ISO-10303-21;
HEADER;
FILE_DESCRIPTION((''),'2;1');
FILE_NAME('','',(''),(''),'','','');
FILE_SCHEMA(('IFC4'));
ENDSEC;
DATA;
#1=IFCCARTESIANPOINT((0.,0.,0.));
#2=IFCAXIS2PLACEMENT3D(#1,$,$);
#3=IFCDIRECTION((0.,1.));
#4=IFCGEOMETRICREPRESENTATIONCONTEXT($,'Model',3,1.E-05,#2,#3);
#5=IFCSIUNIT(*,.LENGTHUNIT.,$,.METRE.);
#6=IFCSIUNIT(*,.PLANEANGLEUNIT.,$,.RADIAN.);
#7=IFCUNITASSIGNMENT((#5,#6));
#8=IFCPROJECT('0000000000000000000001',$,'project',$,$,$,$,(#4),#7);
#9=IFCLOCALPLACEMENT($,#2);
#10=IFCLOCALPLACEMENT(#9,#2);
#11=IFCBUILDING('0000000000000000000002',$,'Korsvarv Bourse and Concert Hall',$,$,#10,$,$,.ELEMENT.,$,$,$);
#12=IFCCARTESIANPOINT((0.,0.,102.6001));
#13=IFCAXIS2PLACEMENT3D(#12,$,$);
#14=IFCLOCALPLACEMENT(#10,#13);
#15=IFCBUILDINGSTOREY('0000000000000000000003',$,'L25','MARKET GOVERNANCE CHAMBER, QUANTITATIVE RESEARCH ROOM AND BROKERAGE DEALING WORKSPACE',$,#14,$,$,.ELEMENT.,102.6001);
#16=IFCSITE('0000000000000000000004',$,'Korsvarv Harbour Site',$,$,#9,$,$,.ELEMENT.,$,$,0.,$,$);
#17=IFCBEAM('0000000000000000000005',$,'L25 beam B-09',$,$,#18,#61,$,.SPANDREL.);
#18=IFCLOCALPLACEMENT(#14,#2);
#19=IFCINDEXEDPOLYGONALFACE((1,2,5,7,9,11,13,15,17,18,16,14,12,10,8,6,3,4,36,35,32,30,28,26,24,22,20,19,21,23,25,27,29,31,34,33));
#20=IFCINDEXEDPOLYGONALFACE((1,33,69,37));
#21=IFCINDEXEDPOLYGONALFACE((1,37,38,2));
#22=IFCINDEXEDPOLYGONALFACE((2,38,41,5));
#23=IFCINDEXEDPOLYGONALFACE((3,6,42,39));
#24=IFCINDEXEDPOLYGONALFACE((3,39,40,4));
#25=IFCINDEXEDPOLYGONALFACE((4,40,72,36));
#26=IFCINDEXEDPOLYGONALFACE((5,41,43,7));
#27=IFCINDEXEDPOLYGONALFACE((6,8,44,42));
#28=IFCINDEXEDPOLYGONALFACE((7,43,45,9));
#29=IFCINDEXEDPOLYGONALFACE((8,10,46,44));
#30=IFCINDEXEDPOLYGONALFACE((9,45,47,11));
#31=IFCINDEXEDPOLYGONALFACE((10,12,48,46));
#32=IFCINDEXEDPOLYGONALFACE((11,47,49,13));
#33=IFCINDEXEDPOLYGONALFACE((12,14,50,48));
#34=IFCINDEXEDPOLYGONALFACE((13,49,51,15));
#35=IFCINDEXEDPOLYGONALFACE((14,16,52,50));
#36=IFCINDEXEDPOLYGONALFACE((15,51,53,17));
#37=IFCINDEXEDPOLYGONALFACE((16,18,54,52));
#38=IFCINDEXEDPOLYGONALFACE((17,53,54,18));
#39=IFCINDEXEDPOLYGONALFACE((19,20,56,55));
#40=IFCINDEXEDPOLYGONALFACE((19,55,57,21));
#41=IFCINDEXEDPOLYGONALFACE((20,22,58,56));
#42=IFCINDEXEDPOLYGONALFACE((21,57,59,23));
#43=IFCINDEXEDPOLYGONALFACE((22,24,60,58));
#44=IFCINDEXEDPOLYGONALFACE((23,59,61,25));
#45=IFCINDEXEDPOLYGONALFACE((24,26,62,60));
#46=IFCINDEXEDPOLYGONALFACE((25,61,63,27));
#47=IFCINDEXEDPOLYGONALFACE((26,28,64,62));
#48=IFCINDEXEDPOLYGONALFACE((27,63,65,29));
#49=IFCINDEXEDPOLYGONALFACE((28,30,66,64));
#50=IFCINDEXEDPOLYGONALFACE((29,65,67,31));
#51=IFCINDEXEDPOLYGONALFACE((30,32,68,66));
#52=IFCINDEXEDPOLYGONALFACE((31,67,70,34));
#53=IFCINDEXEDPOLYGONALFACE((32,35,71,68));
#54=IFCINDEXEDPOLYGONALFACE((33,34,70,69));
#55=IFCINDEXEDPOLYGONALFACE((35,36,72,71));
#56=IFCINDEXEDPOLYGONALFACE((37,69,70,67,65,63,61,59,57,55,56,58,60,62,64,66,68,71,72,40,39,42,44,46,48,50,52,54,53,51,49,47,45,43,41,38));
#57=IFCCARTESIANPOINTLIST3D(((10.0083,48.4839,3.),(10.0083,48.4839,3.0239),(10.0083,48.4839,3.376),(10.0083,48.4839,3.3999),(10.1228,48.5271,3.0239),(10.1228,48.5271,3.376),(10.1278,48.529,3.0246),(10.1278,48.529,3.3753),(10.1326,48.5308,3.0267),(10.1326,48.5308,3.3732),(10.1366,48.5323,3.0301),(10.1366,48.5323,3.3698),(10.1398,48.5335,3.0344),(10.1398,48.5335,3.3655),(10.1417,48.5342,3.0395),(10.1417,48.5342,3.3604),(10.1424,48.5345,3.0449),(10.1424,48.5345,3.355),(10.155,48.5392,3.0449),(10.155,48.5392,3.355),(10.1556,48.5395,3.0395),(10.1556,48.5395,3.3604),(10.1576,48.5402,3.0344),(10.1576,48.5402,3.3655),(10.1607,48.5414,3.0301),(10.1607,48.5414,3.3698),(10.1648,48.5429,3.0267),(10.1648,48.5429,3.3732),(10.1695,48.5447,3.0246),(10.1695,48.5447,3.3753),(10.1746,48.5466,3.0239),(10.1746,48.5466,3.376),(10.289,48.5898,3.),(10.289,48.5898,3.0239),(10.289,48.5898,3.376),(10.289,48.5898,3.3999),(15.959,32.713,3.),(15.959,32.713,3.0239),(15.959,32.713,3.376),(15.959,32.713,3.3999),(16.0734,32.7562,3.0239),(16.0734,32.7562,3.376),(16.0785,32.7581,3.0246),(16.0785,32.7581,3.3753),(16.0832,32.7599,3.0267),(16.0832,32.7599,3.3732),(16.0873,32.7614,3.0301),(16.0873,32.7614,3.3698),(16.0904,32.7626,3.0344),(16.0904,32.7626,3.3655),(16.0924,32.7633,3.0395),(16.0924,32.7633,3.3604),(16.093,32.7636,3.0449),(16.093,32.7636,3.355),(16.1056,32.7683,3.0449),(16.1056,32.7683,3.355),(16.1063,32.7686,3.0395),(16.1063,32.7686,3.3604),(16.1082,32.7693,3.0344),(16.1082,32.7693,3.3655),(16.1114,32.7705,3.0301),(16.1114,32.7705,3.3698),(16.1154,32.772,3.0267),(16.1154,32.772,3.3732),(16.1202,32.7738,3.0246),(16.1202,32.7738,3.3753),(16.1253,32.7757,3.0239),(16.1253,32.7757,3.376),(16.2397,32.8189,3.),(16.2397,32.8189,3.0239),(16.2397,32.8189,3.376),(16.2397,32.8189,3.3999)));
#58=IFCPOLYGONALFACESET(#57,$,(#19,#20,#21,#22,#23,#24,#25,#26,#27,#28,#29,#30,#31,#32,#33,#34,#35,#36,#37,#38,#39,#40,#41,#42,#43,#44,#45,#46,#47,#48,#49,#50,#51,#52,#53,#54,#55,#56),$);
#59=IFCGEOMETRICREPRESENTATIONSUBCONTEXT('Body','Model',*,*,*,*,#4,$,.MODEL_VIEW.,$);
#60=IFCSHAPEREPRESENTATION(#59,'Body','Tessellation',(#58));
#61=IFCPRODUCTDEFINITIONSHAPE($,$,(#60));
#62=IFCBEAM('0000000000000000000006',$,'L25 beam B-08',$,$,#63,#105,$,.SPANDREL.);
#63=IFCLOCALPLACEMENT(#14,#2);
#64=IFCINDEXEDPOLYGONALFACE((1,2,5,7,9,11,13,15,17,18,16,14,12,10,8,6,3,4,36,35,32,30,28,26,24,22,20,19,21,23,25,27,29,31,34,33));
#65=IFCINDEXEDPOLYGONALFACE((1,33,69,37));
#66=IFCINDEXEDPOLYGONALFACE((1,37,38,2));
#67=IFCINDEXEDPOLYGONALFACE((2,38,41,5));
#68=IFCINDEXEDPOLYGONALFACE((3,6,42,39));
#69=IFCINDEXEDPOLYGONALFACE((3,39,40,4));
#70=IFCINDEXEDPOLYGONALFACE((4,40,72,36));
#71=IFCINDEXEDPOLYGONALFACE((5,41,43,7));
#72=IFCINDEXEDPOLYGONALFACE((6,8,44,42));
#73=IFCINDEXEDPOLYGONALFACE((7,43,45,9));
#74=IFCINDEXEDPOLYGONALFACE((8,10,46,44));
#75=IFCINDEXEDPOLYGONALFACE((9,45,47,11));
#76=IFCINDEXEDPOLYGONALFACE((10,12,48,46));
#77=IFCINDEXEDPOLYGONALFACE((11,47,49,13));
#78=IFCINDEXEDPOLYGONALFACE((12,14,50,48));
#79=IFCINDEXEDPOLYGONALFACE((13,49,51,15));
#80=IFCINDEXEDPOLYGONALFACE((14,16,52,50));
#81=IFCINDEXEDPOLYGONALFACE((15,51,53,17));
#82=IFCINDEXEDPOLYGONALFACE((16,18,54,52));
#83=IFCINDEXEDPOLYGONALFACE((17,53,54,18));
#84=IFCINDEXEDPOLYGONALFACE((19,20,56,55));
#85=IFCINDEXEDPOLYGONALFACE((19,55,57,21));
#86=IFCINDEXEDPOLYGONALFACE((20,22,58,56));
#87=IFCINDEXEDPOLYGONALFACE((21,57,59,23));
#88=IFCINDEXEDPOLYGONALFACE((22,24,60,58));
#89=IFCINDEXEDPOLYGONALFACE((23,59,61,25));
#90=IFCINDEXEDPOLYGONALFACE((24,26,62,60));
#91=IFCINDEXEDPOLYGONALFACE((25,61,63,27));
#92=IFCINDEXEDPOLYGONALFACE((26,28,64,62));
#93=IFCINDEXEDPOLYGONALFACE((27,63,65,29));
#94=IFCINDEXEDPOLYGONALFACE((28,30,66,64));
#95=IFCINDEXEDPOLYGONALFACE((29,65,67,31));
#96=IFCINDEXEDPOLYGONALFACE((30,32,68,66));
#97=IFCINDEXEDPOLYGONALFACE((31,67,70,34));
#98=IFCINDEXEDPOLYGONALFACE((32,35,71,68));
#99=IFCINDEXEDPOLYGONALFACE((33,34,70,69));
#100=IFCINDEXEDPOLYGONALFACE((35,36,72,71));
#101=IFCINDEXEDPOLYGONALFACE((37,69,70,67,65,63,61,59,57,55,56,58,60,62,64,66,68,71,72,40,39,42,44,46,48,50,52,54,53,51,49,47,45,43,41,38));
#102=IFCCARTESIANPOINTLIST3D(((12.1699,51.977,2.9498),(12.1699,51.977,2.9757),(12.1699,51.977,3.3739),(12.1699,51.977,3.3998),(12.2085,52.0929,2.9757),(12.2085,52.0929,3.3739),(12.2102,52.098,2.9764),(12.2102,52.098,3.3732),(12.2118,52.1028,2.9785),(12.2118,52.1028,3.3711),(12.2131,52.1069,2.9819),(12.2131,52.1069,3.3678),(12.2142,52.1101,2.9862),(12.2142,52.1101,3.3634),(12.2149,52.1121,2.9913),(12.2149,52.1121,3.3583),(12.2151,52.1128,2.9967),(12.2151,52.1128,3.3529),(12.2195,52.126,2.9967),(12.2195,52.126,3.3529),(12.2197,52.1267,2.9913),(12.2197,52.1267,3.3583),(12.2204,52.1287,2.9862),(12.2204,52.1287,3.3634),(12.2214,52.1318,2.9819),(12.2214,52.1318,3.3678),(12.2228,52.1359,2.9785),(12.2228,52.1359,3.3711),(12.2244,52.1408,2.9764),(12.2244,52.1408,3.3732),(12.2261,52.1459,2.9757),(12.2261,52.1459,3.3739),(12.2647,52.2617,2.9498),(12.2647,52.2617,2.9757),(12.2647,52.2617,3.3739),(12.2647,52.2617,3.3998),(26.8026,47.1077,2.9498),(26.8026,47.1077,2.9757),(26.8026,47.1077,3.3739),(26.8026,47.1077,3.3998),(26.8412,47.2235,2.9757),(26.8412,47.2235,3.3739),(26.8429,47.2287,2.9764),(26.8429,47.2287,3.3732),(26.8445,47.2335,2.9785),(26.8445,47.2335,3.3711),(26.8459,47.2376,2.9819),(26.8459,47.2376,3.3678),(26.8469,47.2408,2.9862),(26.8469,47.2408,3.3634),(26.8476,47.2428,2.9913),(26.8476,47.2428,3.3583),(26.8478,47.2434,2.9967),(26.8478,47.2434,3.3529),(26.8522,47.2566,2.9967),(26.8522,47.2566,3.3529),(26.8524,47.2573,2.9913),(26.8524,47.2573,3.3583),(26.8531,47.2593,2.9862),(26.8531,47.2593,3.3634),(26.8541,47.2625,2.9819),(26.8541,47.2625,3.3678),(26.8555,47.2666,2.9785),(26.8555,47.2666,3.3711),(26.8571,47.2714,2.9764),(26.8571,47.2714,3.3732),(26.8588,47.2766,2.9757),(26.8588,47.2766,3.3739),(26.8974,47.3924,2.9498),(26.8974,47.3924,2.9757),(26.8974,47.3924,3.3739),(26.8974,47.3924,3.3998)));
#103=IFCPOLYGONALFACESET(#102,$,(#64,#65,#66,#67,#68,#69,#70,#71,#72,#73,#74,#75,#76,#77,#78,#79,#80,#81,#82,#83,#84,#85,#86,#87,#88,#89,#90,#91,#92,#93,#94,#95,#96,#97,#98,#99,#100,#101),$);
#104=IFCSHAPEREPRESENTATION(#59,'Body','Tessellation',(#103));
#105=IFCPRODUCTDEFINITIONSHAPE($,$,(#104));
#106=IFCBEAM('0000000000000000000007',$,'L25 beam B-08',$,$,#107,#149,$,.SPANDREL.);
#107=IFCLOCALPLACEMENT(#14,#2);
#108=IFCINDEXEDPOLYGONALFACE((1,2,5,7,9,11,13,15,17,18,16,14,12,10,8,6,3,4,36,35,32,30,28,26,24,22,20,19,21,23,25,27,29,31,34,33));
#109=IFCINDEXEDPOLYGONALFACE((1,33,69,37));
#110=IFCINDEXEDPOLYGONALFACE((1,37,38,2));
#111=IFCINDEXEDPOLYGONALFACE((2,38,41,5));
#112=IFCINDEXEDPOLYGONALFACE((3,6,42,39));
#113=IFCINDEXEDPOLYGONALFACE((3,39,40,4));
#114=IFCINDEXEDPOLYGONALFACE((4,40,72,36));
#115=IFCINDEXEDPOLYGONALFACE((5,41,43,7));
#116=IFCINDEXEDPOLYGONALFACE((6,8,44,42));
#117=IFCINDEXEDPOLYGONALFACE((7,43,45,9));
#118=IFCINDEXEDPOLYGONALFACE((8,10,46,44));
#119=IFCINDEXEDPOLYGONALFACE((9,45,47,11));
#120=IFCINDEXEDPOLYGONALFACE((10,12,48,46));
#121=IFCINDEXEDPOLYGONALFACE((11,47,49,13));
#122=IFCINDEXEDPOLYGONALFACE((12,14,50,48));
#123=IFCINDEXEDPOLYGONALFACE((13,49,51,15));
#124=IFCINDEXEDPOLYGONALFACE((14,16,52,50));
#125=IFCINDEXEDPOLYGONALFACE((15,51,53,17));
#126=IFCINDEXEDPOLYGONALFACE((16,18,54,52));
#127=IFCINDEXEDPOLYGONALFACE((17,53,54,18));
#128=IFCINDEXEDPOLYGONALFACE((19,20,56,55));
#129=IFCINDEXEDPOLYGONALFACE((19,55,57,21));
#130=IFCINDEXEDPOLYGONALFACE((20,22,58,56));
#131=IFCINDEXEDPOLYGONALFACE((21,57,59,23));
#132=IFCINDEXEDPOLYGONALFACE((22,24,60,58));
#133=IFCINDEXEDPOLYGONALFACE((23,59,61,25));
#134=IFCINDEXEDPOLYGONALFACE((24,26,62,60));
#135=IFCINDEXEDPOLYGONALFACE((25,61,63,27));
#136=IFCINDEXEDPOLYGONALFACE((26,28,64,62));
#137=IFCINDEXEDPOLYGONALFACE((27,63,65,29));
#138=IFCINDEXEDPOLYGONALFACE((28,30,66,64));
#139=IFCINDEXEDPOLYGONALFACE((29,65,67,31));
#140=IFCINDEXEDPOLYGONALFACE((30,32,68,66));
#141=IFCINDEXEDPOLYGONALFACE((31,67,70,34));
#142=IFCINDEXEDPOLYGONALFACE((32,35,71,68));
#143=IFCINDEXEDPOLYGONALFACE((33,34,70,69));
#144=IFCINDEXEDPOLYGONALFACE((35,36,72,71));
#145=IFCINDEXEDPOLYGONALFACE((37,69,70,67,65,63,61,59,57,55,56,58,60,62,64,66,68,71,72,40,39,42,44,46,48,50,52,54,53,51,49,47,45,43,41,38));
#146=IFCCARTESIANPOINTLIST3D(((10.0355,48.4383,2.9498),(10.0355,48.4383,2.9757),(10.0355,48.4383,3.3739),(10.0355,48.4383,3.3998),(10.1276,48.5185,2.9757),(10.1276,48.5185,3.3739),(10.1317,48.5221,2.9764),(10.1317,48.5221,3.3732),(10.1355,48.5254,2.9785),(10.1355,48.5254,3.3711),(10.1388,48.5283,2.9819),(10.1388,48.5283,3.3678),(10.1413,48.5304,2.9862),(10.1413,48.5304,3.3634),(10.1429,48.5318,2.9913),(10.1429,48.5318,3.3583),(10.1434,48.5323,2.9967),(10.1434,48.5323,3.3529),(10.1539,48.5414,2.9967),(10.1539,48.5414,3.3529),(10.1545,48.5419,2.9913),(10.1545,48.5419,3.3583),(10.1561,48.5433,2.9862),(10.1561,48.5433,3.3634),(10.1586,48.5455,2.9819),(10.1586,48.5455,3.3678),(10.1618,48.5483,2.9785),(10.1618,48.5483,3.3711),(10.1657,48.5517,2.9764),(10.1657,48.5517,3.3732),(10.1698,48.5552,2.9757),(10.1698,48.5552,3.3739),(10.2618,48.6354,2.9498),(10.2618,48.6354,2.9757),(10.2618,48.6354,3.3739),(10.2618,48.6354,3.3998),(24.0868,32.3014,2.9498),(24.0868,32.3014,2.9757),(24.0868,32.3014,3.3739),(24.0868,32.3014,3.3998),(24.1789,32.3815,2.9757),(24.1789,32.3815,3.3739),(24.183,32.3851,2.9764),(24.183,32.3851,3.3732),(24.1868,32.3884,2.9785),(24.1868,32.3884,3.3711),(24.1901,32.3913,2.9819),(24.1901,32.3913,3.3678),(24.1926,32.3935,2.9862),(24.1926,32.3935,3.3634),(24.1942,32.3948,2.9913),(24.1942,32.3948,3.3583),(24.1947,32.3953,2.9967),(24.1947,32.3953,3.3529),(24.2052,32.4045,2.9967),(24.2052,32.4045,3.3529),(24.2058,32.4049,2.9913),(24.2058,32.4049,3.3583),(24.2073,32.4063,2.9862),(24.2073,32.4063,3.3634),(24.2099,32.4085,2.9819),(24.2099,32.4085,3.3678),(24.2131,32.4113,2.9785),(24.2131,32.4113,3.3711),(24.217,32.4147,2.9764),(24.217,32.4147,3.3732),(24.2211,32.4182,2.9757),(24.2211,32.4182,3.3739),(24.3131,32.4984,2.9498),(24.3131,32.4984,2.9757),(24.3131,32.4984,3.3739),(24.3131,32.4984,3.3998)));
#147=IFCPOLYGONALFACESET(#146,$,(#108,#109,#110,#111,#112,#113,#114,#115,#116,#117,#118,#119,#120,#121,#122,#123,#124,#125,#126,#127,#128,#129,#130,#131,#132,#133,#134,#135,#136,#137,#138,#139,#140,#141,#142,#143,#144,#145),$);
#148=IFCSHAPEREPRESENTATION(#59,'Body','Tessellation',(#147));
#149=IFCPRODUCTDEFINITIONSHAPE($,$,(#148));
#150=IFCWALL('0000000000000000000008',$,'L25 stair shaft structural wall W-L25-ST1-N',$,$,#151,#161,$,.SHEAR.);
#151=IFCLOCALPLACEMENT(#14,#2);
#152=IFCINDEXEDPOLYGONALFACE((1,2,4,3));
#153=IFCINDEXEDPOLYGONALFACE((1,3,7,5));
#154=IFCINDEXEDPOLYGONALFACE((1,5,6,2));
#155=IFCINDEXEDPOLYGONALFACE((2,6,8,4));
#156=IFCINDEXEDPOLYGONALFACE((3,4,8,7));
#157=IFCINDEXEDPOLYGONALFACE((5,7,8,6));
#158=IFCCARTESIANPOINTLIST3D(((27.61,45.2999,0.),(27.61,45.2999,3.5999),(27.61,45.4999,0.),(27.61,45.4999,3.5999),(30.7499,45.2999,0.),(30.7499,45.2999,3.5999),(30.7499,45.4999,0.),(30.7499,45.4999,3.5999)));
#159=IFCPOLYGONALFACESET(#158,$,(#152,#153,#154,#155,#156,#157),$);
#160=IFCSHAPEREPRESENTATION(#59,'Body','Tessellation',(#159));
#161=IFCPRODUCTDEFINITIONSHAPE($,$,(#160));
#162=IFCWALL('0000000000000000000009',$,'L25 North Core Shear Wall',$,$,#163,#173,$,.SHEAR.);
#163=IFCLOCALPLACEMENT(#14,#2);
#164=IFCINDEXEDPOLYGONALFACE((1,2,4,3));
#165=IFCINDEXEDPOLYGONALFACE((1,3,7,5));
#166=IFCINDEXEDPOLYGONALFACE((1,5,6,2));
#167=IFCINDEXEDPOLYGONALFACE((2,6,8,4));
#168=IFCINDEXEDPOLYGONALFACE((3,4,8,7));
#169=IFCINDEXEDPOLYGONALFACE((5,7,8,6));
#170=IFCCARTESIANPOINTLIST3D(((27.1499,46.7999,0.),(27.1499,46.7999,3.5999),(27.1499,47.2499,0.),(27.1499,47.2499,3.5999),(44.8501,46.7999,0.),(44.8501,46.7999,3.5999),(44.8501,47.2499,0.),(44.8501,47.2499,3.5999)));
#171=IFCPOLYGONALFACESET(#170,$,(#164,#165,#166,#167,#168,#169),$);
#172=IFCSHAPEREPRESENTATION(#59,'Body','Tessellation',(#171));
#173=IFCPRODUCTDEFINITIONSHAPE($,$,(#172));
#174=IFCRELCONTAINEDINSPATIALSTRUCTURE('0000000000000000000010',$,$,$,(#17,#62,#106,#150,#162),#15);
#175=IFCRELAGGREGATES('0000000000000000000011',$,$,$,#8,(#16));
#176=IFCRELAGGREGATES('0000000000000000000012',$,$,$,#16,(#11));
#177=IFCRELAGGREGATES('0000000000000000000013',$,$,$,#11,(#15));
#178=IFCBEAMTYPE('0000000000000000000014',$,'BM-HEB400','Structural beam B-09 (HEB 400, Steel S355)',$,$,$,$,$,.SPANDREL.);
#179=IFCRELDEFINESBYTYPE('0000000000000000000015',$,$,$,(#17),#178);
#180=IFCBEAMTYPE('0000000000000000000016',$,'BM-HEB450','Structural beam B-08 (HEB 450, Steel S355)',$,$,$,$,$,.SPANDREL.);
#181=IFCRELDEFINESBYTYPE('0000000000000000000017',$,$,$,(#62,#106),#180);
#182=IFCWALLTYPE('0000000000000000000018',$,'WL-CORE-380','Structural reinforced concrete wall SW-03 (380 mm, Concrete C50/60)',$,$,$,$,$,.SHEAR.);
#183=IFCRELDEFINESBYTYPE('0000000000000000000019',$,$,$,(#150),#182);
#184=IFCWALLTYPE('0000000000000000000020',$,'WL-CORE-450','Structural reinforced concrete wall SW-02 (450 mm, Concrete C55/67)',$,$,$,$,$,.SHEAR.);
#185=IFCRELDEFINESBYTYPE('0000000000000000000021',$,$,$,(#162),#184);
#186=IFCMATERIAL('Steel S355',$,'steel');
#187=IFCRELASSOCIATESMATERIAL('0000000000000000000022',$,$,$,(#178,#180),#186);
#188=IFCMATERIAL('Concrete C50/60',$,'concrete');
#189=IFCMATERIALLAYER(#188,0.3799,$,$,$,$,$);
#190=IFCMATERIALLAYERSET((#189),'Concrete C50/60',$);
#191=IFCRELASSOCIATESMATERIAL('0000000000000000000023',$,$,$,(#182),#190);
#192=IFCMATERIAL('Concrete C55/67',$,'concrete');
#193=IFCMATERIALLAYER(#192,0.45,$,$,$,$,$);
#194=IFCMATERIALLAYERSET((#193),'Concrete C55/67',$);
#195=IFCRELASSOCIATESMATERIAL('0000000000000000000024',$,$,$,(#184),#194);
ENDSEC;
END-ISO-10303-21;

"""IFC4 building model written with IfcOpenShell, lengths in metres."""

from ifc_helpers import new_model, si_unit, direction, frame, frame_2d, origin, origin_2d, place, context, subcontext, project, spatial, rectangle, i_section, extrude, source, transform, mapped, material, layer, layer_set, material_profile, profile_set, type_object, element, save


model = new_model("IFC4")

# Units and contexts
model_context = context("Model", 3, precision=1e-05, world=origin(), true_north=direction((0.0, 1.0)))
body_context = subcontext(model_context, "Body", "Model", "MODEL_VIEW")
ifc_project = project(units=[si_unit("LENGTHUNIT", "METRE"), si_unit("PLANEANGLEUNIT", "RADIAN")], contexts=[model_context])

# Site, building, storey
site_placement = place(None, origin())
site = spatial("IfcSite", under=ifc_project, at=site_placement, Name="Korsvarv Harbour Site", CompositionType="ELEMENT", RefElevation=0.0)
building_placement = place(site_placement, origin())
building = spatial("IfcBuilding", under=site, at=building_placement, Name="Korsvarv Bourse and Concert Hall", CompositionType="ELEMENT")
storey_placement = place(building_placement, frame((0.0, 0.0, 102.6001)))
storey = spatial("IfcBuildingStorey", under=building, at=storey_placement, Name="L25", Description="MARKET GOVERNANCE CHAMBER, QUANTITATIVE RESEARCH ROOM AND BROKERAGE DEALING WORKSPACE", CompositionType="ELEMENT", Elevation=102.6001)

# Beams
ifc_material_1 = material(Name="Steel S355", Category="steel")
ifc_material_profile_1 = material_profile(ifc_material_1, i_section(OverallWidth=0.3, OverallDepth=0.3999, WebThickness=0.0134, FlangeThickness=0.0239, FilletRadius=0.021, at=origin_2d()), Name="HEB 400")
ifc_profile_set_1 = profile_set([ifc_material_profile_1], Name="Steel S355")
beam_type_1 = type_object("IfcBeamType", Name="BM-HEB400", Description="Structural beam B-09 (HEB 400, Steel S355)", PredefinedType="SPANDREL", material=ifc_profile_set_1)
shared_shape_1 = source(origin(), body_context, "Body", "SweptSolid", [
    extrude(i_section(OverallWidth=0.3, OverallDepth=0.3999, WebThickness=0.0134, FlangeThickness=0.0239, FilletRadius=0.021, at=origin_2d()), origin(), (0.0, 0.0, 1.0), 16.8562),
])
beam_1_placement = place(storey_placement, frame((10.1487, 48.5369, 3.2), z_axis=(0.353024, -0.935614, 0.0), x_axis=(0.935614, 0.353024, 0.0)))
element("IfcBeam", 1, at=beam_1_placement, inside=storey, type_object=beam_type_1, Name="L25 beam B-09", PredefinedType="SPANDREL", context=body_context, shape_type="MappedRepresentation", body=[
    mapped(shared_shape_1, transform((0.0, 0.0, 0.0), scale=1.0)),
])
ifc_material_profile_2 = material_profile(ifc_material_1, i_section(OverallWidth=0.3, OverallDepth=0.45, WebThickness=0.0139, FlangeThickness=0.0259, FilletRadius=0.021, at=origin_2d()), Name="HEB 450")
ifc_profile_set_2 = profile_set([ifc_material_profile_2], Name="Steel S355")
beam_type_2 = type_object("IfcBeamType", Name="BM-HEB450", Description="Structural beam B-08 (HEB 450, Steel S355)", PredefinedType="SPANDREL", material=ifc_profile_set_2)
shared_shape_2 = source(origin(), body_context, "Body", "SweptSolid", [
    extrude(i_section(OverallWidth=0.3, OverallDepth=0.45, WebThickness=0.0139, FlangeThickness=0.0259, FilletRadius=0.021, at=origin_2d()), origin(), (0.0, 0.0, 1.0), 15.4216),
])
beam_2_placement = place(storey_placement, frame((12.2173, 52.1194, 3.1748), z_axis=(0.948843, -0.315748, 0.0), x_axis=(0.315748, 0.948843, 0.0)))
element("IfcBeam", 2, at=beam_2_placement, inside=storey, type_object=beam_type_2, Name="L25 beam B-08", PredefinedType="SPANDREL", context=body_context, shape_type="MappedRepresentation", body=[
    mapped(shared_shape_2, transform((0.0, 0.0, 0.0), scale=1.0)),
])
shared_shape_3 = source(origin(), body_context, "Body", "SweptSolid", [
    extrude(i_section(OverallWidth=0.3, OverallDepth=0.45, WebThickness=0.0139, FlangeThickness=0.0259, FilletRadius=0.021, at=origin_2d()), origin(), (0.0, 0.0, 1.0), 21.3972),
])
beam_3_placement = place(storey_placement, frame((10.1487, 48.5369, 3.1748), z_axis=(0.656688, -0.754163, 0.0), x_axis=(0.754163, 0.656688, 0.0)))
element("IfcBeam", 3, at=beam_3_placement, inside=storey, type_object=beam_type_2, Name="L25 beam B-08", PredefinedType="SPANDREL", context=body_context, shape_type="MappedRepresentation", body=[
    mapped(shared_shape_3, transform((0.0, 0.0, 0.0), scale=1.0)),
])

# Walls
ifc_material_2 = material(Name="Concrete C50/60", Category="concrete")
ifc_layer_1 = layer(ifc_material_2, 0.3799)
ifc_layer_set_1 = layer_set([ifc_layer_1], Name="Concrete C50/60")
wall_type_1 = type_object("IfcWallType", Name="WL-CORE-380", Description="Structural reinforced concrete wall SW-03 (380 mm, Concrete C50/60)", PredefinedType="SHEAR", material=ifc_layer_set_1)
wall_1_placement = place(storey_placement, frame((27.6101, 45.3999, 0.0), z_axis=(0.0, 0.0, 1.0), x_axis=(1.0, 0.0, 0.0)))
element("IfcWall", 4, at=wall_1_placement, inside=storey, type_object=wall_type_1, Name="L25 stair shaft structural wall W-L25-ST1-N", PredefinedType="SHEAR", context=body_context, shape_type="SweptSolid", body=[
    extrude(rectangle(XDim=3.1399, YDim=0.2, at=frame_2d((1.5698, 0.0))), origin(), (0.0, 0.0, 1.0), 3.5999),
])
ifc_material_3 = material(Name="Concrete C55/67", Category="concrete")
ifc_layer_2 = layer(ifc_material_3, 0.45)
ifc_layer_set_2 = layer_set([ifc_layer_2], Name="Concrete C55/67")
wall_type_2 = type_object("IfcWallType", Name="WL-CORE-450", Description="Structural reinforced concrete wall SW-02 (450 mm, Concrete C55/67)", PredefinedType="SHEAR", material=ifc_layer_set_2)
wall_2_placement = place(storey_placement, frame((27.1499, 47.0249, 0.0), z_axis=(0.0, 0.0, 1.0), x_axis=(1.0, 0.0, 0.0)))
element("IfcWall", 5, at=wall_2_placement, inside=storey, type_object=wall_type_2, Name="L25 North Core Shear Wall", PredefinedType="SHEAR", context=body_context, shape_type="SweptSolid", body=[
    extrude(rectangle(XDim=17.7002, YDim=0.45, at=frame_2d((8.8501, 0.0))), origin(), (0.0, 0.0, 1.0), 3.5999),
])

save(model, "model.ifc")
